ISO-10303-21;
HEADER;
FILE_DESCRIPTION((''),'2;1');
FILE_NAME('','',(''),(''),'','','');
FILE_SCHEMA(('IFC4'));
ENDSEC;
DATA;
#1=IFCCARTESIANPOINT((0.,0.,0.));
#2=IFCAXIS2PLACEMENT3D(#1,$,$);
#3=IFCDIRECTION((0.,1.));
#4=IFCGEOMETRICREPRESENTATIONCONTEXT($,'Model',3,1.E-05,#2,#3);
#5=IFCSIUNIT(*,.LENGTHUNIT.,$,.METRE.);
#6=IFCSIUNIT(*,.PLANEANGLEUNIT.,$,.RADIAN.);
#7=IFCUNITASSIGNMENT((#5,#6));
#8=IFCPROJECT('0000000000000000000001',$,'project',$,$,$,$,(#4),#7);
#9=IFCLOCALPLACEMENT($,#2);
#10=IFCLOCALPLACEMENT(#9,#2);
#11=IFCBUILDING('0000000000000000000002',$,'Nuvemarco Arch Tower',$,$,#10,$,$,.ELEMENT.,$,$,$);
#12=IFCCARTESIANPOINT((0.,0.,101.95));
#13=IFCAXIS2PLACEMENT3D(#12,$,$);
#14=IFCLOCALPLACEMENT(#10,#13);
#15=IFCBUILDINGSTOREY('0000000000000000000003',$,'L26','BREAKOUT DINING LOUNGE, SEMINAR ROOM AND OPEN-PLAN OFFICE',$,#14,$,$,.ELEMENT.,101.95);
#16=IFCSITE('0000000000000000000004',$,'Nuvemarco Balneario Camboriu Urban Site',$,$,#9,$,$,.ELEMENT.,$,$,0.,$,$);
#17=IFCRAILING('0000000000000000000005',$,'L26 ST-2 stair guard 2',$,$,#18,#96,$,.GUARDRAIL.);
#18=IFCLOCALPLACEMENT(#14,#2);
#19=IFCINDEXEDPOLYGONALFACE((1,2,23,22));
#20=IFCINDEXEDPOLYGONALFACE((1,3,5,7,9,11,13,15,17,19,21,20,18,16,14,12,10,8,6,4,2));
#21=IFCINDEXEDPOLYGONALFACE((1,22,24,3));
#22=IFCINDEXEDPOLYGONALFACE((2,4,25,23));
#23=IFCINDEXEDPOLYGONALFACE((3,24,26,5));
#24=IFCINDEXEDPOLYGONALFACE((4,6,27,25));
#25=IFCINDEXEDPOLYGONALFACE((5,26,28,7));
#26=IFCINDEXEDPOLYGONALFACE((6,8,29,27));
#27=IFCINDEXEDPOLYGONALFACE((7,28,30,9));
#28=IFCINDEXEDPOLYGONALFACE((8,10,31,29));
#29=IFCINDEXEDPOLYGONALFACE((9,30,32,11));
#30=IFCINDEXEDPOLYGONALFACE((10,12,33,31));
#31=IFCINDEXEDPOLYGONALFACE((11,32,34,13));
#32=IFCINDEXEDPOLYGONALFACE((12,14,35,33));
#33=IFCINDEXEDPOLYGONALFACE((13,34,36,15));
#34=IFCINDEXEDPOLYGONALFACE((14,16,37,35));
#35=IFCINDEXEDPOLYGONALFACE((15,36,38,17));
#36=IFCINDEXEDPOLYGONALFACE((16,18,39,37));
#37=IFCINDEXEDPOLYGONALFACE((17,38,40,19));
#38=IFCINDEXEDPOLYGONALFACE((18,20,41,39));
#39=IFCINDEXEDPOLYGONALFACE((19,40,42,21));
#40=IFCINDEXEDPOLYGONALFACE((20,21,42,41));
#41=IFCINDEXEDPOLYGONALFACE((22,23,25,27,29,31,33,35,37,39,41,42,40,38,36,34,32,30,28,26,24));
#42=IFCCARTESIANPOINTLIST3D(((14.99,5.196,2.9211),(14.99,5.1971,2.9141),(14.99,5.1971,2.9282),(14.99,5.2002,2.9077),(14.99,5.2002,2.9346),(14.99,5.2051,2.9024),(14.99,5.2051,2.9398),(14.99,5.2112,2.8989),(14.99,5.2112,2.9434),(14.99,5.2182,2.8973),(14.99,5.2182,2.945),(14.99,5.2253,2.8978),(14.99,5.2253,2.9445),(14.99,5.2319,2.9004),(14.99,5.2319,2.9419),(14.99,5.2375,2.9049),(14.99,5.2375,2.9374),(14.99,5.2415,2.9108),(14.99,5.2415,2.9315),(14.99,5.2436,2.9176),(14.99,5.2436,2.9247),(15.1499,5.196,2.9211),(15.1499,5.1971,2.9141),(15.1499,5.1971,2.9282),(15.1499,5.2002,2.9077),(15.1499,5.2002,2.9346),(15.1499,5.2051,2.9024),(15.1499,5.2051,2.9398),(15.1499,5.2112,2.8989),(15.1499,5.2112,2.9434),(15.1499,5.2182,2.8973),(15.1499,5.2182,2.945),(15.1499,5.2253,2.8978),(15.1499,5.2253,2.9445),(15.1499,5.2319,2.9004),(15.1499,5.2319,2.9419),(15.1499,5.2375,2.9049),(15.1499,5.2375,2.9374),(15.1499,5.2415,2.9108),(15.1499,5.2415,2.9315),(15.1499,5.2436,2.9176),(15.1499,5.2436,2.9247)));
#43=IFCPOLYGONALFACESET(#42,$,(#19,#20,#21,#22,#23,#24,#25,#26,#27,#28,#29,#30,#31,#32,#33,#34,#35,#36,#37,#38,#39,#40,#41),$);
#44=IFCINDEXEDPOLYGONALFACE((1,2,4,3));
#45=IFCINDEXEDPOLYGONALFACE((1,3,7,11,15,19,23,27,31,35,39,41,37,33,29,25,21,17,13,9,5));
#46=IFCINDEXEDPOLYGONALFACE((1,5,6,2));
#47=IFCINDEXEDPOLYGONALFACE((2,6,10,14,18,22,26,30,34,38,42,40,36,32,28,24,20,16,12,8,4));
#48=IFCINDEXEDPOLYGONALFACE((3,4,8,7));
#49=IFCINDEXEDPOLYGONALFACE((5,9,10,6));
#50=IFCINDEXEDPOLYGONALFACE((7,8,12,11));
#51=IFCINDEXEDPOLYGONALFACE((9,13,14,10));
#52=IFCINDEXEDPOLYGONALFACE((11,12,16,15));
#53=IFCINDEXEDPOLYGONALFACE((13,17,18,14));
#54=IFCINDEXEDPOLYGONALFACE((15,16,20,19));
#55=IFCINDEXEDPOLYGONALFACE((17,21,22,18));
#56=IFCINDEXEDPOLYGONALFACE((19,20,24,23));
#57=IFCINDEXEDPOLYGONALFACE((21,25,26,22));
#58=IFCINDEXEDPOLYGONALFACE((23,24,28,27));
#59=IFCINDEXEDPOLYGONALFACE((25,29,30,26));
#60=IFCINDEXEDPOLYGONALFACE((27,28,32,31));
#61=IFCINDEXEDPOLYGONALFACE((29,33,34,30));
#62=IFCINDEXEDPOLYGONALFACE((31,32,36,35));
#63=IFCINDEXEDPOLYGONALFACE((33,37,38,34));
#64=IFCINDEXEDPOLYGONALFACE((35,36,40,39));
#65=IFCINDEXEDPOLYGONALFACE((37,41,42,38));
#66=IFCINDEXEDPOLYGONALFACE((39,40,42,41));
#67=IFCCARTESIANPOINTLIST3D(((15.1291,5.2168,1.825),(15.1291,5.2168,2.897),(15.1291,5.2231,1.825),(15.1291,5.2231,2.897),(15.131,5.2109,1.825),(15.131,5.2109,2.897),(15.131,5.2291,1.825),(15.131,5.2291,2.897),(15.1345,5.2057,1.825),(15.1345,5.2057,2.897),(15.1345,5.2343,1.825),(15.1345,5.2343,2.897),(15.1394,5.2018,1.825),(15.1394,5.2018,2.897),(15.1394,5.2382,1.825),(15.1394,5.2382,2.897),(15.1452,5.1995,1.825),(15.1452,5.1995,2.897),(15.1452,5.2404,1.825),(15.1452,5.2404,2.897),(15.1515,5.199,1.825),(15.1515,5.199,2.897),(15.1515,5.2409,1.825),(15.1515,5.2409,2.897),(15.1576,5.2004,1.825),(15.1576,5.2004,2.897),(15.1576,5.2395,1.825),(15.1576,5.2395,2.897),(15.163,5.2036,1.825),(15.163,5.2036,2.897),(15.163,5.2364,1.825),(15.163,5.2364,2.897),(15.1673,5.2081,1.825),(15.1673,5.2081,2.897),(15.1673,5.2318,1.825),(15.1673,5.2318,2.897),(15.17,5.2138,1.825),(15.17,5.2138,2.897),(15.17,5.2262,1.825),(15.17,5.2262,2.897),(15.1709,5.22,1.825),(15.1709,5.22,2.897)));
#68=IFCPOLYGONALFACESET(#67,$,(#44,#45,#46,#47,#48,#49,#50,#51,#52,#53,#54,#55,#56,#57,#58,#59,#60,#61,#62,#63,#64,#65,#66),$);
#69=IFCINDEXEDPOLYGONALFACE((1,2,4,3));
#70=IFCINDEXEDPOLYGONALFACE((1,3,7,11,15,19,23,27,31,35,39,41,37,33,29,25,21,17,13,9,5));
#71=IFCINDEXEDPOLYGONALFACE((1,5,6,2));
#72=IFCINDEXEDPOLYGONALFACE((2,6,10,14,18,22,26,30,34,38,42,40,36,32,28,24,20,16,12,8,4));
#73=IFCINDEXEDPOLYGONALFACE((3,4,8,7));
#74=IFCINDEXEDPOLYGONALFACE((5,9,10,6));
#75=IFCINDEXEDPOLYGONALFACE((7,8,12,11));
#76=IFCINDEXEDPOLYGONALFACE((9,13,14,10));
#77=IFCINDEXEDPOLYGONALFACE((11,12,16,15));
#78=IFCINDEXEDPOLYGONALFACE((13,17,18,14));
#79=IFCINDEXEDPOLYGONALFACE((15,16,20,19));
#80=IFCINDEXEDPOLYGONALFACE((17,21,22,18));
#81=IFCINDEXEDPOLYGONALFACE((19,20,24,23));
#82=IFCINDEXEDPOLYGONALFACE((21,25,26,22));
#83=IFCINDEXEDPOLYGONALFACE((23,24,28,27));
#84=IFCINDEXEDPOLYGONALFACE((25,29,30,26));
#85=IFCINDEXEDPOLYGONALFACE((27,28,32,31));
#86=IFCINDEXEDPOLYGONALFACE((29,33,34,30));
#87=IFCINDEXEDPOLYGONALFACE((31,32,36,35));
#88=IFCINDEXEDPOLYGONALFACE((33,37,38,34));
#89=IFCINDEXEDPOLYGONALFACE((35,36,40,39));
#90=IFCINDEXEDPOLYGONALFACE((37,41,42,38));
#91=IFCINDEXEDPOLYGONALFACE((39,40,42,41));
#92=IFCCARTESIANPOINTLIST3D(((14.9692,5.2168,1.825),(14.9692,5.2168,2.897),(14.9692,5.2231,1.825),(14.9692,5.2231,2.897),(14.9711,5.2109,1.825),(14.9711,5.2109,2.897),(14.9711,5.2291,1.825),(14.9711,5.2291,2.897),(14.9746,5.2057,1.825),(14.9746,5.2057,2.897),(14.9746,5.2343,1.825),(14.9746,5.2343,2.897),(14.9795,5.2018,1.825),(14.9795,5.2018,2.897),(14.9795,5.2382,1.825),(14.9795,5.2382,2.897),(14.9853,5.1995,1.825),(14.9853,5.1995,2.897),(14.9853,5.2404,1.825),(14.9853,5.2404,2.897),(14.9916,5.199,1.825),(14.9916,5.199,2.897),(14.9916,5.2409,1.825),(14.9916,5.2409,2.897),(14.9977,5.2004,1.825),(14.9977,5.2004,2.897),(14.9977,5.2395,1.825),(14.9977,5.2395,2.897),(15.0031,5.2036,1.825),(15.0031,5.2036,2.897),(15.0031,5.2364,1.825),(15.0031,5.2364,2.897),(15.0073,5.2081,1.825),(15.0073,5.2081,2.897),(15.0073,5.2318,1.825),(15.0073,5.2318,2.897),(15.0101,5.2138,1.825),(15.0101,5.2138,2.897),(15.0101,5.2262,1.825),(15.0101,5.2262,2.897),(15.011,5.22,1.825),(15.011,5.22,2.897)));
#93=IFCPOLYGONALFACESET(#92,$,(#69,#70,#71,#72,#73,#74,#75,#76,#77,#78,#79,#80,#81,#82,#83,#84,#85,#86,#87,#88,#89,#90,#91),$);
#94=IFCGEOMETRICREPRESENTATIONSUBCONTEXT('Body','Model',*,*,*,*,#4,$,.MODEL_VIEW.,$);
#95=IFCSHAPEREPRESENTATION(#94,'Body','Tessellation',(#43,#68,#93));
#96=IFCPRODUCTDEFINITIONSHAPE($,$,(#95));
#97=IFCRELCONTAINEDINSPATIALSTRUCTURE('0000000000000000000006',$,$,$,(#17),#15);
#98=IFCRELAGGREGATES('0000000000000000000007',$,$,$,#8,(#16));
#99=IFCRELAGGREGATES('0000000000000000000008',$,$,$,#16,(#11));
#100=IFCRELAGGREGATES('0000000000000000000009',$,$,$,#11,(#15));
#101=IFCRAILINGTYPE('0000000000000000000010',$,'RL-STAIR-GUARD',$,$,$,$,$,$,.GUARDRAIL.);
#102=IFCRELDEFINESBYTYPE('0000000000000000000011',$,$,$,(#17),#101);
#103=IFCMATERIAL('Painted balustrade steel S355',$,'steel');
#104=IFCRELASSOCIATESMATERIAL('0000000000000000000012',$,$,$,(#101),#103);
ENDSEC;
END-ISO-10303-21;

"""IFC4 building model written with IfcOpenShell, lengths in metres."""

from ifc_helpers import new_model, si_unit, direction, frame, origin, origin_2d, place, context, subcontext, project, spatial, circle, extrude, material, type_object, element, save


model = new_model("IFC4")

# Units and contexts
model_context = context("Model", 3, precision=1e-05, world=origin(), true_north=direction((0.0, 1.0)))
body_context = subcontext(model_context, "Body", "Model", "MODEL_VIEW")
ifc_project = project(units=[si_unit("LENGTHUNIT", "METRE"), si_unit("PLANEANGLEUNIT", "RADIAN")], contexts=[model_context])

# Site, building, storey
site_placement = place(None, origin())
site = spatial("IfcSite", under=ifc_project, at=site_placement, Name="Nuvemarco Balneario Camboriu Urban Site", CompositionType="ELEMENT", RefElevation=0.0)
building_placement = place(site_placement, origin())
building = spatial("IfcBuilding", under=site, at=building_placement, Name="Nuvemarco Arch Tower", CompositionType="ELEMENT")
storey_placement = place(building_placement, frame((0.0, 0.0, 101.95)))
storey = spatial("IfcBuildingStorey", under=building, at=storey_placement, Name="L26", Description="BREAKOUT DINING LOUNGE, SEMINAR ROOM AND OPEN-PLAN OFFICE", CompositionType="ELEMENT", Elevation=101.95)

# Railing
ifc_material_1 = material(Name="Painted balustrade steel S355", Category="steel")
railing_type_1 = type_object("IfcRailingType", Name="RL-STAIR-GUARD", PredefinedType="GUARDRAIL", material=ifc_material_1)
railing_1_placement = place(storey_placement, frame((15.1499, 5.22, 1.825)))
element("IfcRailing", 1, at=railing_1_placement, inside=storey, type_object=railing_type_1, Name="L26 ST-2 stair guard 2", PredefinedType="GUARDRAIL", context=body_context, shape_type="SweptSolid", body=[
    extrude(circle(Radius=0.0239, at=origin_2d()), frame((0.0, 0.0, 1.0962), z_axis=(-1.0, 0.0, 0.0), x_axis=(0.0, -1.0, 0.0)), (0.0, 0.0, 1.0), 0.1599),
    extrude(circle(Radius=0.021, at=origin_2d()), origin(), (0.0, 0.0, 1.0), 1.072),
    extrude(circle(Radius=0.021, at=origin_2d()), frame((-0.1599, 0.0, 0.0)), (0.0, 0.0, 1.0), 1.072),
])

save(model, "model.ifc")
